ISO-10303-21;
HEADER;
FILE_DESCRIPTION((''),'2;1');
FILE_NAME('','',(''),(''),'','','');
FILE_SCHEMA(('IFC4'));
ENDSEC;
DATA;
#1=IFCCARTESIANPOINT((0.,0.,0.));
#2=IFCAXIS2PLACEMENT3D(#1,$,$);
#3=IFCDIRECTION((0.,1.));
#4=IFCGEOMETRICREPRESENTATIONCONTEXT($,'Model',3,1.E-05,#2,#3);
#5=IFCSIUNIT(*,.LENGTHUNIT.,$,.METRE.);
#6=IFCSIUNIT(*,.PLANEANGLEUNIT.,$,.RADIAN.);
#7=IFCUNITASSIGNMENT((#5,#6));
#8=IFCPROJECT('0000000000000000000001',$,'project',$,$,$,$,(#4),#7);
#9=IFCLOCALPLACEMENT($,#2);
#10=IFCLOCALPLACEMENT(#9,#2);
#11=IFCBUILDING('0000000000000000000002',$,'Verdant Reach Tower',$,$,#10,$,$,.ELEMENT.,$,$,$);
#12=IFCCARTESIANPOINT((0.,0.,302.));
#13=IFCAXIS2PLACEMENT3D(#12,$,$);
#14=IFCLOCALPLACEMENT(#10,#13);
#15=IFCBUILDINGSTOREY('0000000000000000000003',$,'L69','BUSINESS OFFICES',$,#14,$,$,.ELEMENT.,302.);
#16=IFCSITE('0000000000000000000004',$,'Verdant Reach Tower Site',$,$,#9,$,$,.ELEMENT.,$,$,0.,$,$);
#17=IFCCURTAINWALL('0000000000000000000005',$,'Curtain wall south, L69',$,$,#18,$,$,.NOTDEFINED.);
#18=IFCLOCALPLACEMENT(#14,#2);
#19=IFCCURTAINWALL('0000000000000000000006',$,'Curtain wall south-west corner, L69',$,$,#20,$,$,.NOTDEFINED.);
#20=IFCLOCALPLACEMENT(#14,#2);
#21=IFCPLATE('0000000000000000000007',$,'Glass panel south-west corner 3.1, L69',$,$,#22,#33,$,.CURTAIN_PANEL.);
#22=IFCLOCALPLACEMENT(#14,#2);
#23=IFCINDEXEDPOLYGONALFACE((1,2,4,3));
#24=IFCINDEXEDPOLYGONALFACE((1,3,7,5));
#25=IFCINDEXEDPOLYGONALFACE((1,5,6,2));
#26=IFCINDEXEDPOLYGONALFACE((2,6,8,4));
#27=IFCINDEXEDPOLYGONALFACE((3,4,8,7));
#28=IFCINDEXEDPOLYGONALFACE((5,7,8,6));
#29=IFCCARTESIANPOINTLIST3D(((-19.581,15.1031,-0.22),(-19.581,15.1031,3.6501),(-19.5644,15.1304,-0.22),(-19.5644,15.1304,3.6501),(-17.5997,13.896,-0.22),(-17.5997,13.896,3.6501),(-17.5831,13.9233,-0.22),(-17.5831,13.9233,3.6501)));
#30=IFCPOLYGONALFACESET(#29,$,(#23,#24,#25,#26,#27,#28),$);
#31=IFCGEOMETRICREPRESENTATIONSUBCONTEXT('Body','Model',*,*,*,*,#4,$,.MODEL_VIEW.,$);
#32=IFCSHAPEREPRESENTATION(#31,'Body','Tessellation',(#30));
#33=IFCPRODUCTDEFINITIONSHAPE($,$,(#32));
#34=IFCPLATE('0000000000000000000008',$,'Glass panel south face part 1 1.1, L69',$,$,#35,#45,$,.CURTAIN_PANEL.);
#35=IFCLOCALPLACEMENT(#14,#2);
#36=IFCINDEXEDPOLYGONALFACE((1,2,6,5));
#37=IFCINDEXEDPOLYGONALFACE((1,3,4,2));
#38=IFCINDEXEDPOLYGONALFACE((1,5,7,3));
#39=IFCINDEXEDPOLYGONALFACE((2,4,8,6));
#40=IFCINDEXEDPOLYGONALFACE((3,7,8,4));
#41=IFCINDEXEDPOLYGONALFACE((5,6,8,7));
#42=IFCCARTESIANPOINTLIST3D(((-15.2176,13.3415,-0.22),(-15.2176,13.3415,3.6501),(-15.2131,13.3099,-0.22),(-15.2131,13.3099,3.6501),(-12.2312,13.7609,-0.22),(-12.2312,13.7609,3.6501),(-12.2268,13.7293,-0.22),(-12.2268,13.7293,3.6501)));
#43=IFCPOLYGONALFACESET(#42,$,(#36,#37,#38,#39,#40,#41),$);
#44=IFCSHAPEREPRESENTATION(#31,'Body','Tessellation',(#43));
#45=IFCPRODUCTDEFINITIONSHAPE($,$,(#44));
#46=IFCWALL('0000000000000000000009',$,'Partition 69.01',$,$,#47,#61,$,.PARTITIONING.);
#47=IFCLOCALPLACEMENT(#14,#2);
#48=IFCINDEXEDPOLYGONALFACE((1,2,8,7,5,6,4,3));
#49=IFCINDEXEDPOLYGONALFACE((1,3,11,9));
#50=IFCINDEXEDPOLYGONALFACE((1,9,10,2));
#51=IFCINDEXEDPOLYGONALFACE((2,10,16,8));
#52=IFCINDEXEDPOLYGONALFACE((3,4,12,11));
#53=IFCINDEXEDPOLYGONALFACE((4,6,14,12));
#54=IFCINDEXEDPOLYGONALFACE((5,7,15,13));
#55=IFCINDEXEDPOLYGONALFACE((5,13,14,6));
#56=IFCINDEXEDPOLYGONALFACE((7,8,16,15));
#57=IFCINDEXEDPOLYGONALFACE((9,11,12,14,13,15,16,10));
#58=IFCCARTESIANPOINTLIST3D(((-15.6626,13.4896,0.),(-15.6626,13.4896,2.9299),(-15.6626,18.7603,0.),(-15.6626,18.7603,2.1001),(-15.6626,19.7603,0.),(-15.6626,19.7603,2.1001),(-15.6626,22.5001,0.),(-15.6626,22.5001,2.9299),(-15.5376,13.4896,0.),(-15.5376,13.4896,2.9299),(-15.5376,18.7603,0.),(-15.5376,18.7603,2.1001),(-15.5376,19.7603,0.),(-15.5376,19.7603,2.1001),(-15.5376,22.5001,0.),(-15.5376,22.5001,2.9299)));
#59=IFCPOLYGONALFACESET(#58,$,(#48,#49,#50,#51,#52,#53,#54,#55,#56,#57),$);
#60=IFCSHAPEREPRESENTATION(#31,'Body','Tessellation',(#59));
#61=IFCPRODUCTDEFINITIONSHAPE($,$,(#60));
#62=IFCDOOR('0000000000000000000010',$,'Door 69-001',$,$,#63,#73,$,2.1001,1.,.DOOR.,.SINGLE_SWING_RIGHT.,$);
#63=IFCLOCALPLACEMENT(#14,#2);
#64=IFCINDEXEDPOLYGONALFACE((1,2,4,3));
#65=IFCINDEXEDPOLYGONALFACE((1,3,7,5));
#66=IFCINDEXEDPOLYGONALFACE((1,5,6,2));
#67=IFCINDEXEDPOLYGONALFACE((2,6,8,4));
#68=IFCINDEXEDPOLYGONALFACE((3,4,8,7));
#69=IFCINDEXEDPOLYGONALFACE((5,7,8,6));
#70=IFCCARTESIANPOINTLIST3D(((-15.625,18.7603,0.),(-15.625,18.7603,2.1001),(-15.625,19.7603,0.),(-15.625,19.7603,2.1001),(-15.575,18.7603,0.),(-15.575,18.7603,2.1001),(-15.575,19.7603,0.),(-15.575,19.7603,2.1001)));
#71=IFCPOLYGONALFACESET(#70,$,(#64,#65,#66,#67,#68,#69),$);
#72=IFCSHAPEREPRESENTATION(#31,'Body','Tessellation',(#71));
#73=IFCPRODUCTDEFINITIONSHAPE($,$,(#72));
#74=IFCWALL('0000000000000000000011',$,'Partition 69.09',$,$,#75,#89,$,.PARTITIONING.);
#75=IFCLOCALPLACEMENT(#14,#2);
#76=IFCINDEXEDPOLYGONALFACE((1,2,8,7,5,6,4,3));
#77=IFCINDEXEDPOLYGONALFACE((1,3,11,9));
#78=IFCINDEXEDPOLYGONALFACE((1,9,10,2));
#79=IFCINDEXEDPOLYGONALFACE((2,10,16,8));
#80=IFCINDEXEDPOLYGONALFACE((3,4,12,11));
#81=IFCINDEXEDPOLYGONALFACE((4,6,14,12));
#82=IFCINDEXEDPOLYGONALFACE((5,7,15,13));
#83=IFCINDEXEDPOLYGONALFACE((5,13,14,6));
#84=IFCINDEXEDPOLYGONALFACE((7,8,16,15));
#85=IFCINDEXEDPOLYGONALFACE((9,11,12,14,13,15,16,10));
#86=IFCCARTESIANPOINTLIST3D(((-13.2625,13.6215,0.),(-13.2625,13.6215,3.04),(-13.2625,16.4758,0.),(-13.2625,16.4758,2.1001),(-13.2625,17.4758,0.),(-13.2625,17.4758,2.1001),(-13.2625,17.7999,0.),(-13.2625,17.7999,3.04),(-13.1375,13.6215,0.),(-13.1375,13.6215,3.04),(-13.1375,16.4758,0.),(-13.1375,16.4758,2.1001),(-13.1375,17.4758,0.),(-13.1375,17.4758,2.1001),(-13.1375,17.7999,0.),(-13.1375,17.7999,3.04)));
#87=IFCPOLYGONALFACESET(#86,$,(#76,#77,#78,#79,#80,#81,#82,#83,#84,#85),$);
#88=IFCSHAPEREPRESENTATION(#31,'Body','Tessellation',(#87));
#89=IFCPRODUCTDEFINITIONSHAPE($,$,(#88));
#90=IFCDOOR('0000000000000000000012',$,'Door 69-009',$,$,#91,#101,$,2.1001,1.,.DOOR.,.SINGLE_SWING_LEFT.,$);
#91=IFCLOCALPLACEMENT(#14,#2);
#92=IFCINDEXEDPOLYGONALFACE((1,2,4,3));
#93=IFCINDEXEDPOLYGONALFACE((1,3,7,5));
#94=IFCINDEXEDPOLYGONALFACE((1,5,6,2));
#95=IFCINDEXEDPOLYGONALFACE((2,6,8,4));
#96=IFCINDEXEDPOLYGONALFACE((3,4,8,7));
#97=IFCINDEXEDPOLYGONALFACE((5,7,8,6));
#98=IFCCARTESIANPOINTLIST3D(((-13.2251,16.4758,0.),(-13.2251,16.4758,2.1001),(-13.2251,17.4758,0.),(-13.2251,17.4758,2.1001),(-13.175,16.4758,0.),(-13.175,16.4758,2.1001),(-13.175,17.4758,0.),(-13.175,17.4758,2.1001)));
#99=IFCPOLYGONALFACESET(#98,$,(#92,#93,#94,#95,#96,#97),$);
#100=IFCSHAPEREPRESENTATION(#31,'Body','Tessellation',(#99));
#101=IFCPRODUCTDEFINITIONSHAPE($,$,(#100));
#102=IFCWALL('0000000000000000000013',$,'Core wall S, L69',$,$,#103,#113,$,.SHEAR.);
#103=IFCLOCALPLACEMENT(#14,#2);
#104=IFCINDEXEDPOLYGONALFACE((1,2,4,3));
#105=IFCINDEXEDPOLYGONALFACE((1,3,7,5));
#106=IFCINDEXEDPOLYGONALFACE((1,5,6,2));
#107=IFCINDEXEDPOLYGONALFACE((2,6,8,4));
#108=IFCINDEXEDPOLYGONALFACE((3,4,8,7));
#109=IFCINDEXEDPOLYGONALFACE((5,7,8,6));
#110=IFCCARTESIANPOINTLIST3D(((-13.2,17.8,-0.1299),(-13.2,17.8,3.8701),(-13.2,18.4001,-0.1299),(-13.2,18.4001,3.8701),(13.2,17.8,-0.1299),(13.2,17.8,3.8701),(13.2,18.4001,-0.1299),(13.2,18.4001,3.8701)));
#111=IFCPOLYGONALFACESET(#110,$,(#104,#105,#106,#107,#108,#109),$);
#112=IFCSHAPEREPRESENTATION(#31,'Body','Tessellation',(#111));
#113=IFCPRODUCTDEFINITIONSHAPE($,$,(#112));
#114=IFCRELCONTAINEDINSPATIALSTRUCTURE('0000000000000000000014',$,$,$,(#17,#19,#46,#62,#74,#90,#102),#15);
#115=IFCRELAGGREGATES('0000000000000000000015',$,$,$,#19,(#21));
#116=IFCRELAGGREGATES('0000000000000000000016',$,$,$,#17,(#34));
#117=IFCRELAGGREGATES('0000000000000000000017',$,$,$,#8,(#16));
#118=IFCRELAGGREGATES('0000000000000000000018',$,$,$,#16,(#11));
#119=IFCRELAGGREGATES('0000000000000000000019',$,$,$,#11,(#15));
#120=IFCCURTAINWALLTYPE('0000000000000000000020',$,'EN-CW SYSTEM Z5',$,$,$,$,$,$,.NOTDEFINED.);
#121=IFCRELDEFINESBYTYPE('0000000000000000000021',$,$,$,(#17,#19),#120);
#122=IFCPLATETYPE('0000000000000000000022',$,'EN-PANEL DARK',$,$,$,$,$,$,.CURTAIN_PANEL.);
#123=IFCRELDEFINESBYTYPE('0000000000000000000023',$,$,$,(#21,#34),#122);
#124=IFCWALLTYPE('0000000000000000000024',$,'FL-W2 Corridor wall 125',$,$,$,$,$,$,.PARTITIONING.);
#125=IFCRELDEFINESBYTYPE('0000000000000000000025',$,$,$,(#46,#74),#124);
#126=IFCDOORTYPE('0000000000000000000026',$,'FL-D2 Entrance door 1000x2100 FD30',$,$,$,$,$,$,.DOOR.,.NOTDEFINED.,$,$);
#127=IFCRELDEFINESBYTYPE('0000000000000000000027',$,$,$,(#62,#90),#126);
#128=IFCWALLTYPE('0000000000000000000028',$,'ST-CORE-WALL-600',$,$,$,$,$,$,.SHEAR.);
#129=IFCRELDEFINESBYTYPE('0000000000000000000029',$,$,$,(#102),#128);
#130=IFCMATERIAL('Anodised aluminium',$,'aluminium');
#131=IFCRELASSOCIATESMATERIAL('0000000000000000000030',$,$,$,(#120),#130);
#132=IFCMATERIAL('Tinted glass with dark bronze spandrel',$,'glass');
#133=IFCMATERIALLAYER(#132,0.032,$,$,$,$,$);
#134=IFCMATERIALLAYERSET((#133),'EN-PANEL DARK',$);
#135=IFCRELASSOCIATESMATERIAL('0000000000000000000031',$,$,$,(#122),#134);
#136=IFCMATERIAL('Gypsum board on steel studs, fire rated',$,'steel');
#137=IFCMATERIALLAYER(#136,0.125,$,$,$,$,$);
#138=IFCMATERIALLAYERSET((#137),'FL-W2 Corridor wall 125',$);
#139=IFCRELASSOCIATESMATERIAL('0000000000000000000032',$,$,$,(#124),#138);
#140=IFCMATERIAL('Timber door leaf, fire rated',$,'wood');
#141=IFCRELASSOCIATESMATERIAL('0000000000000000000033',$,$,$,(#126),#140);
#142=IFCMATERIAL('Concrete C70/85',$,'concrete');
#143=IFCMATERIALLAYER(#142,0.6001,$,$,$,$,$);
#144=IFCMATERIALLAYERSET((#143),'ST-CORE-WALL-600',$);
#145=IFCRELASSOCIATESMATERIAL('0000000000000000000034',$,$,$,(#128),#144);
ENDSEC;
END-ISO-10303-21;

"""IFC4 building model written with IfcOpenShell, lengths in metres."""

from ifc_helpers import new_model, si_unit, direction, frame, frame_2d, origin, origin_2d, place, context, subcontext, project, spatial, rectangle, extrude, material, layer, layer_set, type_object, element, fill, aggregate, save


model = new_model("IFC4")

# Units and contexts
model_context = context("Model", 3, precision=1e-05, world=origin(), true_north=direction((0.0, 1.0)))
body_context = subcontext(model_context, "Body", "Model", "MODEL_VIEW")
ifc_project = project(units=[si_unit("LENGTHUNIT", "METRE"), si_unit("PLANEANGLEUNIT", "RADIAN")], contexts=[model_context])

# Site, building, storey
site_placement = place(None, origin())
site = spatial("IfcSite", under=ifc_project, at=site_placement, Name="Verdant Reach Tower Site", CompositionType="ELEMENT", RefElevation=0.0)
building_placement = place(site_placement, origin())
building = spatial("IfcBuilding", under=site, at=building_placement, Name="Verdant Reach Tower", CompositionType="ELEMENT")
storey_placement = place(building_placement, frame((0.0, 0.0, 302.0)))
storey = spatial("IfcBuildingStorey", under=building, at=storey_placement, Name="L69", Description="BUSINESS OFFICES", CompositionType="ELEMENT", Elevation=302.0)

# Curtain wall
ifc_material_1 = material(Name="Anodised aluminium", Category="aluminium")
curtain_wall_type = type_object("IfcCurtainWallType", Name="EN-CW SYSTEM Z5", PredefinedType="NOTDEFINED", material=ifc_material_1)
curtain_wall_1_placement = place(storey_placement, origin())
curtain_wall_1 = element("IfcCurtainWall", 1, at=curtain_wall_1_placement, inside=storey, type_object=curtain_wall_type, Name="Curtain wall south, L69", PredefinedType="NOTDEFINED")

# Curtain wall, plate
curtain_wall_2_placement = place(storey_placement, origin())
curtain_wall_2 = element("IfcCurtainWall", 2, at=curtain_wall_2_placement, inside=storey, type_object=curtain_wall_type, Name="Curtain wall south-west corner, L69", PredefinedType="NOTDEFINED")
ifc_material_2 = material(Name="Tinted glass with dark bronze spandrel", Category="glass")
ifc_layer_1 = layer(ifc_material_2, 0.032)
ifc_layer_set_1 = layer_set([ifc_layer_1], Name="EN-PANEL DARK")
plate_type_1 = type_object("IfcPlateType", Name="EN-PANEL DARK", PredefinedType="CURTAIN_PANEL", material=ifc_layer_set_1)
plate_1_placement = place(storey_placement, frame((-18.582, 14.5132, -0.22), z_axis=(0.0, 0.0, 1.0), x_axis=(0.853989, -0.520292, 0.0)))
plate_1 = element("IfcPlate", 3, at=plate_1_placement, type_object=plate_type_1, Name="Glass panel south-west corner 3.1, L69", PredefinedType="CURTAIN_PANEL", context=body_context, shape_type="SweptSolid", body=[
    extrude(rectangle(XDim=2.3201, YDim=0.032, at=origin_2d()), origin(), (0.0, 0.0, 1.0), 3.8701),
])
aggregate(curtain_wall_2, [plate_1])

# Plate
plate_2_placement = place(storey_placement, frame((-13.7222, 13.5354, -0.22), z_axis=(0.0, 0.0, 1.0), x_axis=(0.990282, 0.139077, 0.0)))
plate_2 = element("IfcPlate", 4, at=plate_2_placement, type_object=plate_type_1, Name="Glass panel south face part 1 1.1, L69", PredefinedType="CURTAIN_PANEL", context=body_context, shape_type="SweptSolid", body=[
    extrude(rectangle(XDim=3.0156, YDim=0.032, at=origin_2d()), origin(), (0.0, 0.0, 1.0), 3.8701),
])
aggregate(curtain_wall_1, [plate_2])

# Walls, openings, doors
ifc_material_3 = material(Name="Gypsum board on steel studs, fire rated", Category="steel")
ifc_layer_2 = layer(ifc_material_3, 0.125)
ifc_layer_set_2 = layer_set([ifc_layer_2], Name="FL-W2 Corridor wall 125")
wall_type_1 = type_object("IfcWallType", Name="FL-W2 Corridor wall 125", PredefinedType="PARTITIONING", material=ifc_layer_set_2)
wall_1_placement = place(storey_placement, frame((-15.6001, 13.4895, 0.0), z_axis=(0.0, 0.0, 1.0), x_axis=(0.0, 1.0, 0.0)))
wall_1 = element("IfcWall", 5, at=wall_1_placement, inside=storey, type_object=wall_type_1, Name="Partition 69.01", PredefinedType="PARTITIONING", context=body_context, shape_type="SweptSolid", body=[
    extrude(rectangle(XDim=9.0105, YDim=0.125, at=frame_2d((4.5054, 0.0))), origin(), (0.0, 0.0, 1.0), 2.9299),
])
opening_1_placement = place(wall_1_placement, frame((5.2708, 0.0, 0.0)))
opening_1 = element("IfcOpeningElement", 6, at=opening_1_placement, cuts=wall_1, PredefinedType="OPENING", context=body_context, shape_type="SweptSolid", body=[
    extrude(rectangle(XDim=1.0, YDim=2.1001, at=frame_2d((0.5, 1.05))), frame((0.0, 0.0725, 0.0), z_axis=(0.0, -1.0, 0.0), x_axis=(1.0, 0.0, 0.0)), (0.0, 0.0, 1.0), 0.145),
])
ifc_material_4 = material(Name="Timber door leaf, fire rated", Category="wood")
door_type = type_object("IfcDoorType", Name="FL-D2 Entrance door 1000x2100 FD30", OperationType="NOTDEFINED", PredefinedType="DOOR", material=ifc_material_4)
door_1_placement = place(opening_1_placement, origin())
door_1 = element("IfcDoor", 7, at=door_1_placement, inside=storey, type_object=door_type, Name="Door 69-001", OperationType="SINGLE_SWING_RIGHT", OverallHeight=2.1001, OverallWidth=1.0, PredefinedType="DOOR", context=body_context, shape_type="SweptSolid", body=[
    extrude(rectangle(XDim=1.0, YDim=2.1001, at=frame_2d((0.5, 1.05))), frame((0.0, 0.0249, 0.0), z_axis=(0.0, -1.0, 0.0), x_axis=(1.0, 0.0, 0.0)), (0.0, 0.0, 1.0), 0.05),
])
fill(opening_1, door_1)
wall_2_placement = place(storey_placement, frame((-13.2, 17.8, 0.0), z_axis=(0.0, 0.0, 1.0), x_axis=(0.0, -1.0, 0.0)))
wall_2 = element("IfcWall", 8, at=wall_2_placement, inside=storey, type_object=wall_type_1, Name="Partition 69.09", PredefinedType="PARTITIONING", context=body_context, shape_type="SweptSolid", body=[
    extrude(rectangle(XDim=4.1785, YDim=0.125, at=frame_2d((2.0894, 0.0))), origin(), (0.0, 0.0, 1.0), 3.04),
])
opening_2_placement = place(wall_2_placement, frame((0.3242, 0.0, 0.0)))
opening_2 = element("IfcOpeningElement", 9, at=opening_2_placement, cuts=wall_2, PredefinedType="OPENING", context=body_context, shape_type="SweptSolid", body=[
    extrude(rectangle(XDim=1.0, YDim=2.1001, at=frame_2d((0.5, 1.05))), frame((0.0, 0.0725, 0.0), z_axis=(0.0, -1.0, 0.0), x_axis=(1.0, 0.0, 0.0)), (0.0, 0.0, 1.0), 0.145),
])
door_2_placement = place(opening_2_placement, origin())
door_2 = element("IfcDoor", 10, at=door_2_placement, inside=storey, type_object=door_type, Name="Door 69-009", OperationType="SINGLE_SWING_LEFT", OverallHeight=2.1001, OverallWidth=1.0, PredefinedType="DOOR", context=body_context, shape_type="SweptSolid", body=[
    extrude(rectangle(XDim=1.0, YDim=2.1001, at=frame_2d((0.5, 1.05))), frame((0.0, 0.0249, 0.0), z_axis=(0.0, -1.0, 0.0), x_axis=(1.0, 0.0, 0.0)), (0.0, 0.0, 1.0), 0.05),
])
fill(opening_2, door_2)

# Wall
ifc_material_5 = material(Name="Concrete C70/85", Category="concrete")
ifc_layer_3 = layer(ifc_material_5, 0.6001)
ifc_layer_set_3 = layer_set([ifc_layer_3], Name="ST-CORE-WALL-600")
wall_type_2 = type_object("IfcWallType", Name="ST-CORE-WALL-600", PredefinedType="SHEAR", material=ifc_layer_set_3)
wall_3_placement = place(storey_placement, frame((-13.2, 18.1001, -0.1299), z_axis=(0.0, 0.0, 1.0), x_axis=(1.0, 0.0, 0.0)))
element("IfcWall", 11, at=wall_3_placement, inside=storey, type_object=wall_type_2, Name="Core wall S, L69", PredefinedType="SHEAR", context=body_context, shape_type="SweptSolid", body=[
    extrude(rectangle(XDim=26.3999, YDim=0.6001, at=frame_2d((13.2, 0.0))), origin(), (0.0, 0.0, 1.0), 4.0),
])

save(model, "model.ifc")
